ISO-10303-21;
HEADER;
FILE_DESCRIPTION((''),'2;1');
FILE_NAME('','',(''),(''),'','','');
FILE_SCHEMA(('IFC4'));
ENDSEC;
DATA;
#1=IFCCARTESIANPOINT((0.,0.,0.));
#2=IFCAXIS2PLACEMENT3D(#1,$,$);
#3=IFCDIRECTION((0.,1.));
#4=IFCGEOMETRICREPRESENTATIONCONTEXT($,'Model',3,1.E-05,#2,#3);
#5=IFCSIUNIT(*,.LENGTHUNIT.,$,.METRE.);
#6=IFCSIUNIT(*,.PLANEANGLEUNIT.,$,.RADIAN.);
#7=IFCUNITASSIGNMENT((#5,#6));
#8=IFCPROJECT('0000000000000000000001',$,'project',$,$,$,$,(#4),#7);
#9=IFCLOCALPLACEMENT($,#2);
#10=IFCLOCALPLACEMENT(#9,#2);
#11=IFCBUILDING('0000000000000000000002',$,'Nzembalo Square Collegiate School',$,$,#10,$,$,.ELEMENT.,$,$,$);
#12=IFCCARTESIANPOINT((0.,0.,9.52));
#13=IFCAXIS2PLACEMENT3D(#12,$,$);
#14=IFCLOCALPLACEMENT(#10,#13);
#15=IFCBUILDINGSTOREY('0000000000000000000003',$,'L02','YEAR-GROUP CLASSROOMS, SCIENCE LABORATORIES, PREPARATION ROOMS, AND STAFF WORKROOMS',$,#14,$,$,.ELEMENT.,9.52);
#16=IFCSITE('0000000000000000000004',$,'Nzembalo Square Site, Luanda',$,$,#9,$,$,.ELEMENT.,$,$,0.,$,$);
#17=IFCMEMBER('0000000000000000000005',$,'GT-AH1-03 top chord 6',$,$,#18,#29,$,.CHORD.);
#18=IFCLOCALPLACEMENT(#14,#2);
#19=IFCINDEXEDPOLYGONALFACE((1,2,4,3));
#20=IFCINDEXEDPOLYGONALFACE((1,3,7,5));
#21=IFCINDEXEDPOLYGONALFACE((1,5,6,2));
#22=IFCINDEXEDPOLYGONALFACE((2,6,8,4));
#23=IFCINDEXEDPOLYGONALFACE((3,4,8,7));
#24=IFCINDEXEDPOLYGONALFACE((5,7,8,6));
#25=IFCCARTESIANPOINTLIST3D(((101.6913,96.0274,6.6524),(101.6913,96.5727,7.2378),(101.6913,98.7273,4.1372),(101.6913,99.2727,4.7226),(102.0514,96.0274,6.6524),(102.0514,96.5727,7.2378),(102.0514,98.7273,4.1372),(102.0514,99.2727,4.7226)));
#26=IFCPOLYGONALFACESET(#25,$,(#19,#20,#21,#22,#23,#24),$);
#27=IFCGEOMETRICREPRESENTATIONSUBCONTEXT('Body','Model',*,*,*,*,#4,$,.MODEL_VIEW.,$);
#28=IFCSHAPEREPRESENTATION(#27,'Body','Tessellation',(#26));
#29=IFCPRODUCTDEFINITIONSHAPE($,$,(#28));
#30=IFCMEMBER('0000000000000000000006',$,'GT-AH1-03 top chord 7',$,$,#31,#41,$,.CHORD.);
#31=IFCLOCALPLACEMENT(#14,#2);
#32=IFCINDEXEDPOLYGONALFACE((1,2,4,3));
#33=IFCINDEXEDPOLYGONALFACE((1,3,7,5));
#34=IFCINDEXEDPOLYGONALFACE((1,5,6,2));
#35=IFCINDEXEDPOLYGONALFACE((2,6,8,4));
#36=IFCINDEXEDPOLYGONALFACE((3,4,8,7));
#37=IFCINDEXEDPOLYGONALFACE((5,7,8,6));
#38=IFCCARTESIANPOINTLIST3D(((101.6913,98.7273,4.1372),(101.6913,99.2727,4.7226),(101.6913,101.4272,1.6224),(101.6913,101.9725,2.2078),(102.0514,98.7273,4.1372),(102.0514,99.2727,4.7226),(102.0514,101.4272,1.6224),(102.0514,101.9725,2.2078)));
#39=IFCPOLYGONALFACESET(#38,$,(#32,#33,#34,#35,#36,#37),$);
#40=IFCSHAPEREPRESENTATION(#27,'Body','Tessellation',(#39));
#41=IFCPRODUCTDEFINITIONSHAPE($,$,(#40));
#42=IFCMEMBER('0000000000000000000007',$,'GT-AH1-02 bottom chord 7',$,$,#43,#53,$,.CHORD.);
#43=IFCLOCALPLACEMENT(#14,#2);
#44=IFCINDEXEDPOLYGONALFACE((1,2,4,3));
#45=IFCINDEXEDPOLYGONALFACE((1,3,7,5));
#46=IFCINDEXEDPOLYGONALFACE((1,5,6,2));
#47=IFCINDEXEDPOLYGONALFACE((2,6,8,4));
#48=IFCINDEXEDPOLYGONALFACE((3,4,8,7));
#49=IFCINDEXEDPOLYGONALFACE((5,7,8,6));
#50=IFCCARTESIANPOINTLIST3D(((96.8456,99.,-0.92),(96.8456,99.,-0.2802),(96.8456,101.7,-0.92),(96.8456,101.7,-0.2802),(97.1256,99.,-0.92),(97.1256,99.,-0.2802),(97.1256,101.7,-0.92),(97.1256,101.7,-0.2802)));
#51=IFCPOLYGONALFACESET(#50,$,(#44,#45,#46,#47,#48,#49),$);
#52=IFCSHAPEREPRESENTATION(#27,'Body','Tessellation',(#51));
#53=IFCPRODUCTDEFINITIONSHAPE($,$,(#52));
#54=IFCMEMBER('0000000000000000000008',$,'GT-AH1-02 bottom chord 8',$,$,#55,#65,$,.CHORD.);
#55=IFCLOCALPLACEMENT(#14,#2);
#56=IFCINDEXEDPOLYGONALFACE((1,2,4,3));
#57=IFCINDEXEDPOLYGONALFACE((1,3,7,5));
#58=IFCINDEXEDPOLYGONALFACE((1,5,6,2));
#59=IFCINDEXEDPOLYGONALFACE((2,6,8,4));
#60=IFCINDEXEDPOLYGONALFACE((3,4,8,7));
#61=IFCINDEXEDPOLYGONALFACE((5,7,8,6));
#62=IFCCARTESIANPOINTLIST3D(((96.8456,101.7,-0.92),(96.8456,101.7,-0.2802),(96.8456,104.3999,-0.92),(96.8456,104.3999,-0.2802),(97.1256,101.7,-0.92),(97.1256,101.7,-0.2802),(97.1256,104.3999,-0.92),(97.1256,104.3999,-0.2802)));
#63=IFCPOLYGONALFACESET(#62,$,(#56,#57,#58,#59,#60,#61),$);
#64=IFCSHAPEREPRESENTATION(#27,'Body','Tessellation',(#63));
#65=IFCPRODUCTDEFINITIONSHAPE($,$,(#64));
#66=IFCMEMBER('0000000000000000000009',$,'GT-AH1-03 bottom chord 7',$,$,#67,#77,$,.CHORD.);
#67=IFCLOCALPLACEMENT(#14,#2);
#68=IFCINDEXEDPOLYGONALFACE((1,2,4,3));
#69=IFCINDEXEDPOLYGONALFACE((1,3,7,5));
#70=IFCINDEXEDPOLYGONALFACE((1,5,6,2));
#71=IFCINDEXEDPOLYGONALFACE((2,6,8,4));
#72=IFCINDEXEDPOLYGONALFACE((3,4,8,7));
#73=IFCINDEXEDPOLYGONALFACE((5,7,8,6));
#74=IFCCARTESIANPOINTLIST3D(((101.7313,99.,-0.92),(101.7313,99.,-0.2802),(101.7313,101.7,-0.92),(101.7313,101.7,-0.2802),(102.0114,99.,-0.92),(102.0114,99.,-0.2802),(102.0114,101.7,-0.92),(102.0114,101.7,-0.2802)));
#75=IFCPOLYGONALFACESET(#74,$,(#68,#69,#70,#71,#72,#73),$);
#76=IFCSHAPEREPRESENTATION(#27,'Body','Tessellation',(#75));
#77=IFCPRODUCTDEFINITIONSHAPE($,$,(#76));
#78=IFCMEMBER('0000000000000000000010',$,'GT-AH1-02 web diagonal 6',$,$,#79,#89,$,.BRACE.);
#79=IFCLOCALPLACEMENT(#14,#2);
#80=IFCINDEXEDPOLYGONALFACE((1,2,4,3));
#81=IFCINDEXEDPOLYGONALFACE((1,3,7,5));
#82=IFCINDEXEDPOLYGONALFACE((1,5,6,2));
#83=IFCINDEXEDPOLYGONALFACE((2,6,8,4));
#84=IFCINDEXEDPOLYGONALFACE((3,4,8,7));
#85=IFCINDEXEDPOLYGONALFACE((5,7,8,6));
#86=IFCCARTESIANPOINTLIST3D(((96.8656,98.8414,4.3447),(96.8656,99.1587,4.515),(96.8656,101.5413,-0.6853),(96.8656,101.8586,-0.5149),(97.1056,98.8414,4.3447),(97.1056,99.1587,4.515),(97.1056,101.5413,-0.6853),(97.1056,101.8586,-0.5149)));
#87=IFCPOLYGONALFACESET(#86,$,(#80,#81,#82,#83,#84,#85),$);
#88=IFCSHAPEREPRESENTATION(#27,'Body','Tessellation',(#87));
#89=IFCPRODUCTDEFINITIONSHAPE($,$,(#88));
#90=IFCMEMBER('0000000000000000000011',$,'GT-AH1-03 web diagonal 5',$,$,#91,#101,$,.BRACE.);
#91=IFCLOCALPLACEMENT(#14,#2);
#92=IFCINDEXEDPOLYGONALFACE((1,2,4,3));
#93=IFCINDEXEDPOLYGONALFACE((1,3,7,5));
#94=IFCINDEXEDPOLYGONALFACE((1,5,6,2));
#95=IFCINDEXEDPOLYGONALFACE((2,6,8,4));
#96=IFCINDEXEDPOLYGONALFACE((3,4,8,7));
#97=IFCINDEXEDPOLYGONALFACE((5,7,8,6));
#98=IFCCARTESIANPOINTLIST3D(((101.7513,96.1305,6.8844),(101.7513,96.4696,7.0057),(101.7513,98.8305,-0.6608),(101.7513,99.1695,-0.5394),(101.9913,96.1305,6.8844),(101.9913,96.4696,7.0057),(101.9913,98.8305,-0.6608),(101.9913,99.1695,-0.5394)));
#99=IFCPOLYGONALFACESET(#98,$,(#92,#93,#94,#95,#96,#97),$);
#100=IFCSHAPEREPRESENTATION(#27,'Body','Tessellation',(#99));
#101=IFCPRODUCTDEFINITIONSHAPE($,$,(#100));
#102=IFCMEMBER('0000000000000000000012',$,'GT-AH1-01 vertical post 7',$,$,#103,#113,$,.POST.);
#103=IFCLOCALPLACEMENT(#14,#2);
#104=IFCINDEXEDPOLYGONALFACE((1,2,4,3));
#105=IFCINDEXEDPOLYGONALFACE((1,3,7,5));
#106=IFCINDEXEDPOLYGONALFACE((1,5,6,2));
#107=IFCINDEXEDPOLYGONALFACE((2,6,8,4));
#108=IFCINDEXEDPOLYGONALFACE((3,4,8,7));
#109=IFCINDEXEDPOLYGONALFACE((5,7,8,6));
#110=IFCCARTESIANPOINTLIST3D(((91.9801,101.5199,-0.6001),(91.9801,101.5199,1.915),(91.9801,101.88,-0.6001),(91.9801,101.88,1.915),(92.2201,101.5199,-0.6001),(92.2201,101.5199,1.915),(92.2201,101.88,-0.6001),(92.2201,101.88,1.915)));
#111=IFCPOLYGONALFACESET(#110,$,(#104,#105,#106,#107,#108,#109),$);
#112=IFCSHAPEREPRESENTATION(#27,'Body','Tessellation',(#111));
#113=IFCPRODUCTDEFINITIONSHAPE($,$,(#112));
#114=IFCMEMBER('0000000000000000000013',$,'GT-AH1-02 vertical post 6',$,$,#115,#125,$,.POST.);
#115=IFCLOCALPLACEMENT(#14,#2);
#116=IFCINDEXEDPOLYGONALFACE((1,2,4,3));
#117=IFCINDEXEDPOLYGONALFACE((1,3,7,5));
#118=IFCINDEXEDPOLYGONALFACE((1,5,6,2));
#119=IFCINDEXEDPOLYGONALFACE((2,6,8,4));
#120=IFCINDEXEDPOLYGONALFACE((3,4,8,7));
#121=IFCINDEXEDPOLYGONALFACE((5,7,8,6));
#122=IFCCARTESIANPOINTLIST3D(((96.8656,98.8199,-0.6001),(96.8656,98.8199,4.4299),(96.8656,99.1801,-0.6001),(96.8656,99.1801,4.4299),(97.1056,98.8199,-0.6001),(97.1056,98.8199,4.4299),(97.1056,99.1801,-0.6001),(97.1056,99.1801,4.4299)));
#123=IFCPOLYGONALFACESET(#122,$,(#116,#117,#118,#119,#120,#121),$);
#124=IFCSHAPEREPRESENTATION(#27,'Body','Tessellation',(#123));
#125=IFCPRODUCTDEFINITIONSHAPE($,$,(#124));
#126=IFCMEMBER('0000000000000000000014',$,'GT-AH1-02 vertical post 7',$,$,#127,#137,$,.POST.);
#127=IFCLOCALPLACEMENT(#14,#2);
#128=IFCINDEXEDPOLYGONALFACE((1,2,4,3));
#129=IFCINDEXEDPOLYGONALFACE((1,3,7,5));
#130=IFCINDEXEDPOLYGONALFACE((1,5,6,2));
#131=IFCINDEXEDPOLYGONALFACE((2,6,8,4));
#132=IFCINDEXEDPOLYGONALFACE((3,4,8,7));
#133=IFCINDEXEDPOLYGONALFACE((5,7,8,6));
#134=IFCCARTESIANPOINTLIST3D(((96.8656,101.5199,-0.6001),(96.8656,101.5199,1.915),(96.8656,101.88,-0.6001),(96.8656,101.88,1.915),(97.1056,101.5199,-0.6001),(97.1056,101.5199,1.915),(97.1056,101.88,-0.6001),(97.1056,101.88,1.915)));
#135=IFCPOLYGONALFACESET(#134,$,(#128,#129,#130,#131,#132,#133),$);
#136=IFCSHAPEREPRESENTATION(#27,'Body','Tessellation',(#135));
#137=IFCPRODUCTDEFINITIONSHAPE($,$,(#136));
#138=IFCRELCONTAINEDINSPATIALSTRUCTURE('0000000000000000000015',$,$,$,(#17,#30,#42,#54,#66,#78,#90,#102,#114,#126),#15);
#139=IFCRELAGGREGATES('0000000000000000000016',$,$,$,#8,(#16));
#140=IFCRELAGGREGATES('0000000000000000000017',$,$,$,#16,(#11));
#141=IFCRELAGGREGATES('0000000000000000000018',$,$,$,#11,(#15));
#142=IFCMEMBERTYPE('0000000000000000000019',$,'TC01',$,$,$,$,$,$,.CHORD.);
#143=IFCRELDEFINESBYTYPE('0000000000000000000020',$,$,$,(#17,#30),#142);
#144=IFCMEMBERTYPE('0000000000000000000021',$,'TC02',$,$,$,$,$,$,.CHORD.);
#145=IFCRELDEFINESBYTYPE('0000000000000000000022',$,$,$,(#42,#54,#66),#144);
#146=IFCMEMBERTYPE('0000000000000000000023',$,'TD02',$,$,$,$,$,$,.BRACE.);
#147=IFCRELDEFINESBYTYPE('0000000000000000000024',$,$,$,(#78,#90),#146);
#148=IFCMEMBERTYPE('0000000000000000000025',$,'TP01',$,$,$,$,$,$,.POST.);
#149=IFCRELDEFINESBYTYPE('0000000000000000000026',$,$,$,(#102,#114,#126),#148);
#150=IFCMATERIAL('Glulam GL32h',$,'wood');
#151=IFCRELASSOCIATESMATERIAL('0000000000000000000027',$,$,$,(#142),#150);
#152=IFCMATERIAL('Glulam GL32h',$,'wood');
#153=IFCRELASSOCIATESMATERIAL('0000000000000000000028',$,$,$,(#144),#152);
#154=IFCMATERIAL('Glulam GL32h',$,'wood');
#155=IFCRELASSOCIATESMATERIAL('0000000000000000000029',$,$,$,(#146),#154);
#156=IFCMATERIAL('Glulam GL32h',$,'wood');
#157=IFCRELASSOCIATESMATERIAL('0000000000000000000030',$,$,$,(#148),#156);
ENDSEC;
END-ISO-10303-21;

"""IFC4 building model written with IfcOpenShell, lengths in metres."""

from ifc_helpers import new_model, si_unit, direction, frame, origin, origin_2d, place, context, subcontext, project, spatial, rectangle, extrude, material, material_profile, profile_set, type_object, element, save


model = new_model("IFC4")

# Units and contexts
model_context = context("Model", 3, precision=1e-05, world=origin(), true_north=direction((0.0, 1.0)))
body_context = subcontext(model_context, "Body", "Model", "MODEL_VIEW")
ifc_project = project(units=[si_unit("LENGTHUNIT", "METRE"), si_unit("PLANEANGLEUNIT", "RADIAN")], contexts=[model_context])

# Site, building, storey
site_placement = place(None, origin())
site = spatial("IfcSite", under=ifc_project, at=site_placement, Name="Nzembalo Square Site, Luanda", CompositionType="ELEMENT", RefElevation=0.0)
building_placement = place(site_placement, origin())
building = spatial("IfcBuilding", under=site, at=building_placement, Name="Nzembalo Square Collegiate School", CompositionType="ELEMENT")
storey_placement = place(building_placement, frame((0.0, 0.0, 9.52)))
storey = spatial("IfcBuildingStorey", under=building, at=storey_placement, Name="L02", Description="YEAR-GROUP CLASSROOMS, SCIENCE LABORATORIES, PREPARATION ROOMS, AND STAFF WORKROOMS", CompositionType="ELEMENT", Elevation=9.52)

# Members
ifc_material_1 = material(Name="Glulam GL32h", Category="wood")
ifc_material_profile_1 = material_profile(ifc_material_1, rectangle(XDim=0.3601, YDim=0.8, at=origin_2d()), Name="GL32h 360x800")
ifc_profile_set_1 = profile_set([ifc_material_profile_1], Name="Glulam GL32h")
member_type_1 = type_object("IfcMemberType", Name="TC01", PredefinedType="CHORD", material=ifc_profile_set_1)
member_1_placement = place(storey_placement, frame((101.8713, 96.3, 6.9451), z_axis=(0.0, 0.731706, -0.68162), x_axis=(-1.0, 0.0, 0.0)))
element("IfcMember", 1, at=member_1_placement, inside=storey, type_object=member_type_1, Name="GT-AH1-03 top chord 6", PredefinedType="CHORD", context=body_context, shape_type="SweptSolid", body=[
    extrude(rectangle(XDim=0.3601, YDim=0.8, at=origin_2d()), origin(), (0.0, 0.0, 1.0), 3.6899),
])
member_2_placement = place(storey_placement, frame((101.8713, 99.0, 4.4299), z_axis=(0.0, 0.731739, -0.681585), x_axis=(-1.0, 0.0, 0.0)))
element("IfcMember", 2, at=member_2_placement, inside=storey, type_object=member_type_1, Name="GT-AH1-03 top chord 7", PredefinedType="CHORD", context=body_context, shape_type="SweptSolid", body=[
    extrude(rectangle(XDim=0.3601, YDim=0.8, at=origin_2d()), origin(), (0.0, 0.0, 1.0), 3.6897),
])
ifc_material_2 = material(Name="Glulam GL32h", Category="wood")
ifc_material_profile_2 = material_profile(ifc_material_2, rectangle(XDim=0.28, YDim=0.6399, at=origin_2d()), Name="GL32h 280x640")
ifc_profile_set_2 = profile_set([ifc_material_profile_2], Name="Glulam GL32h")
member_type_2 = type_object("IfcMemberType", Name="TC02", PredefinedType="CHORD", material=ifc_profile_set_2)
for number, where, z_axis, x_axis, name in (
    (3, (96.9856, 99.0, -0.6001), (0.0, 1.0, 0.0), (-1.0, 0.0, 0.0), "GT-AH1-02 bottom chord 7"),
    (4, (96.9856, 101.7, -0.6001), (0.0, 1.0, 0.0), (-1.0, 0.0, 0.0), "GT-AH1-02 bottom chord 8"),
    (5, (101.8713, 99.0, -0.6001), (0.0, 1.0, 0.0), (-1.0, 0.0, 0.0), "GT-AH1-03 bottom chord 7"),
):
    element("IfcMember", number, at=place(storey_placement, frame(where, z_axis=z_axis, x_axis=x_axis)), inside=storey, type_object=member_type_2, Name=name, PredefinedType="CHORD", context=body_context, shape_type="SweptSolid", body=[
        extrude(rectangle(XDim=0.28, YDim=0.6399, at=origin_2d()), origin(), (0.0, 0.0, 1.0), 2.7),
    ])
ifc_material_3 = material(Name="Glulam GL32h", Category="wood")
ifc_material_profile_3 = material_profile(ifc_material_3, rectangle(XDim=0.24, YDim=0.3601, at=origin_2d()), Name="GL32h 240x360")
ifc_profile_set_3 = profile_set([ifc_material_profile_3], Name="Glulam GL32h")
member_type_3 = type_object("IfcMemberType", Name="TD02", PredefinedType="BRACE", material=ifc_profile_set_3)
member_3_placement = place(storey_placement, frame((96.9856, 101.7, -0.6001), z_axis=(0.0, -0.472942, 0.881094), x_axis=(1.0, 0.0, 0.0)))
element("IfcMember", 6, at=member_3_placement, inside=storey, type_object=member_type_3, Name="GT-AH1-02 web diagonal 6", PredefinedType="BRACE", context=body_context, shape_type="SweptSolid", body=[
    extrude(rectangle(XDim=0.24, YDim=0.3601, at=origin_2d()), origin(), (0.0, 0.0, 1.0), 5.7087),
])
member_4_placement = place(storey_placement, frame((101.8713, 99.0, -0.6001), z_axis=(0.0, -0.336917, 0.941534), x_axis=(1.0, 0.0, 0.0)))
element("IfcMember", 7, at=member_4_placement, inside=storey, type_object=member_type_3, Name="GT-AH1-03 web diagonal 5", PredefinedType="BRACE", context=body_context, shape_type="SweptSolid", body=[
    extrude(rectangle(XDim=0.24, YDim=0.3601, at=origin_2d()), origin(), (0.0, 0.0, 1.0), 8.0137),
])
ifc_material_4 = material(Name="Glulam GL32h", Category="wood")
ifc_material_profile_4 = material_profile(ifc_material_4, rectangle(XDim=0.24, YDim=0.3601, at=origin_2d()), Name="GL32h 240x360")
ifc_profile_set_4 = profile_set([ifc_material_profile_4], Name="Glulam GL32h")
member_type_4 = type_object("IfcMemberType", Name="TP01", PredefinedType="POST", material=ifc_profile_set_4)
member_5_placement = place(storey_placement, frame((92.1001, 101.7, -0.6001), z_axis=(0.0, 0.0, 1.0), x_axis=(1.0, 0.0, 0.0)))
element("IfcMember", 8, at=member_5_placement, inside=storey, type_object=member_type_4, Name="GT-AH1-01 vertical post 7", PredefinedType="POST", context=body_context, shape_type="SweptSolid", body=[
    extrude(rectangle(XDim=0.24, YDim=0.3601, at=origin_2d()), origin(), (0.0, 0.0, 1.0), 2.5151),
])
member_6_placement = place(storey_placement, frame((96.9856, 99.0, -0.6001), z_axis=(0.0, 0.0, 1.0), x_axis=(1.0, 0.0, 0.0)))
element("IfcMember", 9, at=member_6_placement, inside=storey, type_object=member_type_4, Name="GT-AH1-02 vertical post 6", PredefinedType="POST", context=body_context, shape_type="SweptSolid", body=[
    extrude(rectangle(XDim=0.24, YDim=0.3601, at=origin_2d()), origin(), (0.0, 0.0, 1.0), 5.03),
])
member_7_placement = place(storey_placement, frame((96.9856, 101.7, -0.6001), z_axis=(0.0, 0.0, 1.0), x_axis=(1.0, 0.0, 0.0)))
element("IfcMember", 10, at=member_7_placement, inside=storey, type_object=member_type_4, Name="GT-AH1-02 vertical post 7", PredefinedType="POST", context=body_context, shape_type="SweptSolid", body=[
    extrude(rectangle(XDim=0.24, YDim=0.3601, at=origin_2d()), origin(), (0.0, 0.0, 1.0), 2.5151),
])

save(model, "model.ifc")
